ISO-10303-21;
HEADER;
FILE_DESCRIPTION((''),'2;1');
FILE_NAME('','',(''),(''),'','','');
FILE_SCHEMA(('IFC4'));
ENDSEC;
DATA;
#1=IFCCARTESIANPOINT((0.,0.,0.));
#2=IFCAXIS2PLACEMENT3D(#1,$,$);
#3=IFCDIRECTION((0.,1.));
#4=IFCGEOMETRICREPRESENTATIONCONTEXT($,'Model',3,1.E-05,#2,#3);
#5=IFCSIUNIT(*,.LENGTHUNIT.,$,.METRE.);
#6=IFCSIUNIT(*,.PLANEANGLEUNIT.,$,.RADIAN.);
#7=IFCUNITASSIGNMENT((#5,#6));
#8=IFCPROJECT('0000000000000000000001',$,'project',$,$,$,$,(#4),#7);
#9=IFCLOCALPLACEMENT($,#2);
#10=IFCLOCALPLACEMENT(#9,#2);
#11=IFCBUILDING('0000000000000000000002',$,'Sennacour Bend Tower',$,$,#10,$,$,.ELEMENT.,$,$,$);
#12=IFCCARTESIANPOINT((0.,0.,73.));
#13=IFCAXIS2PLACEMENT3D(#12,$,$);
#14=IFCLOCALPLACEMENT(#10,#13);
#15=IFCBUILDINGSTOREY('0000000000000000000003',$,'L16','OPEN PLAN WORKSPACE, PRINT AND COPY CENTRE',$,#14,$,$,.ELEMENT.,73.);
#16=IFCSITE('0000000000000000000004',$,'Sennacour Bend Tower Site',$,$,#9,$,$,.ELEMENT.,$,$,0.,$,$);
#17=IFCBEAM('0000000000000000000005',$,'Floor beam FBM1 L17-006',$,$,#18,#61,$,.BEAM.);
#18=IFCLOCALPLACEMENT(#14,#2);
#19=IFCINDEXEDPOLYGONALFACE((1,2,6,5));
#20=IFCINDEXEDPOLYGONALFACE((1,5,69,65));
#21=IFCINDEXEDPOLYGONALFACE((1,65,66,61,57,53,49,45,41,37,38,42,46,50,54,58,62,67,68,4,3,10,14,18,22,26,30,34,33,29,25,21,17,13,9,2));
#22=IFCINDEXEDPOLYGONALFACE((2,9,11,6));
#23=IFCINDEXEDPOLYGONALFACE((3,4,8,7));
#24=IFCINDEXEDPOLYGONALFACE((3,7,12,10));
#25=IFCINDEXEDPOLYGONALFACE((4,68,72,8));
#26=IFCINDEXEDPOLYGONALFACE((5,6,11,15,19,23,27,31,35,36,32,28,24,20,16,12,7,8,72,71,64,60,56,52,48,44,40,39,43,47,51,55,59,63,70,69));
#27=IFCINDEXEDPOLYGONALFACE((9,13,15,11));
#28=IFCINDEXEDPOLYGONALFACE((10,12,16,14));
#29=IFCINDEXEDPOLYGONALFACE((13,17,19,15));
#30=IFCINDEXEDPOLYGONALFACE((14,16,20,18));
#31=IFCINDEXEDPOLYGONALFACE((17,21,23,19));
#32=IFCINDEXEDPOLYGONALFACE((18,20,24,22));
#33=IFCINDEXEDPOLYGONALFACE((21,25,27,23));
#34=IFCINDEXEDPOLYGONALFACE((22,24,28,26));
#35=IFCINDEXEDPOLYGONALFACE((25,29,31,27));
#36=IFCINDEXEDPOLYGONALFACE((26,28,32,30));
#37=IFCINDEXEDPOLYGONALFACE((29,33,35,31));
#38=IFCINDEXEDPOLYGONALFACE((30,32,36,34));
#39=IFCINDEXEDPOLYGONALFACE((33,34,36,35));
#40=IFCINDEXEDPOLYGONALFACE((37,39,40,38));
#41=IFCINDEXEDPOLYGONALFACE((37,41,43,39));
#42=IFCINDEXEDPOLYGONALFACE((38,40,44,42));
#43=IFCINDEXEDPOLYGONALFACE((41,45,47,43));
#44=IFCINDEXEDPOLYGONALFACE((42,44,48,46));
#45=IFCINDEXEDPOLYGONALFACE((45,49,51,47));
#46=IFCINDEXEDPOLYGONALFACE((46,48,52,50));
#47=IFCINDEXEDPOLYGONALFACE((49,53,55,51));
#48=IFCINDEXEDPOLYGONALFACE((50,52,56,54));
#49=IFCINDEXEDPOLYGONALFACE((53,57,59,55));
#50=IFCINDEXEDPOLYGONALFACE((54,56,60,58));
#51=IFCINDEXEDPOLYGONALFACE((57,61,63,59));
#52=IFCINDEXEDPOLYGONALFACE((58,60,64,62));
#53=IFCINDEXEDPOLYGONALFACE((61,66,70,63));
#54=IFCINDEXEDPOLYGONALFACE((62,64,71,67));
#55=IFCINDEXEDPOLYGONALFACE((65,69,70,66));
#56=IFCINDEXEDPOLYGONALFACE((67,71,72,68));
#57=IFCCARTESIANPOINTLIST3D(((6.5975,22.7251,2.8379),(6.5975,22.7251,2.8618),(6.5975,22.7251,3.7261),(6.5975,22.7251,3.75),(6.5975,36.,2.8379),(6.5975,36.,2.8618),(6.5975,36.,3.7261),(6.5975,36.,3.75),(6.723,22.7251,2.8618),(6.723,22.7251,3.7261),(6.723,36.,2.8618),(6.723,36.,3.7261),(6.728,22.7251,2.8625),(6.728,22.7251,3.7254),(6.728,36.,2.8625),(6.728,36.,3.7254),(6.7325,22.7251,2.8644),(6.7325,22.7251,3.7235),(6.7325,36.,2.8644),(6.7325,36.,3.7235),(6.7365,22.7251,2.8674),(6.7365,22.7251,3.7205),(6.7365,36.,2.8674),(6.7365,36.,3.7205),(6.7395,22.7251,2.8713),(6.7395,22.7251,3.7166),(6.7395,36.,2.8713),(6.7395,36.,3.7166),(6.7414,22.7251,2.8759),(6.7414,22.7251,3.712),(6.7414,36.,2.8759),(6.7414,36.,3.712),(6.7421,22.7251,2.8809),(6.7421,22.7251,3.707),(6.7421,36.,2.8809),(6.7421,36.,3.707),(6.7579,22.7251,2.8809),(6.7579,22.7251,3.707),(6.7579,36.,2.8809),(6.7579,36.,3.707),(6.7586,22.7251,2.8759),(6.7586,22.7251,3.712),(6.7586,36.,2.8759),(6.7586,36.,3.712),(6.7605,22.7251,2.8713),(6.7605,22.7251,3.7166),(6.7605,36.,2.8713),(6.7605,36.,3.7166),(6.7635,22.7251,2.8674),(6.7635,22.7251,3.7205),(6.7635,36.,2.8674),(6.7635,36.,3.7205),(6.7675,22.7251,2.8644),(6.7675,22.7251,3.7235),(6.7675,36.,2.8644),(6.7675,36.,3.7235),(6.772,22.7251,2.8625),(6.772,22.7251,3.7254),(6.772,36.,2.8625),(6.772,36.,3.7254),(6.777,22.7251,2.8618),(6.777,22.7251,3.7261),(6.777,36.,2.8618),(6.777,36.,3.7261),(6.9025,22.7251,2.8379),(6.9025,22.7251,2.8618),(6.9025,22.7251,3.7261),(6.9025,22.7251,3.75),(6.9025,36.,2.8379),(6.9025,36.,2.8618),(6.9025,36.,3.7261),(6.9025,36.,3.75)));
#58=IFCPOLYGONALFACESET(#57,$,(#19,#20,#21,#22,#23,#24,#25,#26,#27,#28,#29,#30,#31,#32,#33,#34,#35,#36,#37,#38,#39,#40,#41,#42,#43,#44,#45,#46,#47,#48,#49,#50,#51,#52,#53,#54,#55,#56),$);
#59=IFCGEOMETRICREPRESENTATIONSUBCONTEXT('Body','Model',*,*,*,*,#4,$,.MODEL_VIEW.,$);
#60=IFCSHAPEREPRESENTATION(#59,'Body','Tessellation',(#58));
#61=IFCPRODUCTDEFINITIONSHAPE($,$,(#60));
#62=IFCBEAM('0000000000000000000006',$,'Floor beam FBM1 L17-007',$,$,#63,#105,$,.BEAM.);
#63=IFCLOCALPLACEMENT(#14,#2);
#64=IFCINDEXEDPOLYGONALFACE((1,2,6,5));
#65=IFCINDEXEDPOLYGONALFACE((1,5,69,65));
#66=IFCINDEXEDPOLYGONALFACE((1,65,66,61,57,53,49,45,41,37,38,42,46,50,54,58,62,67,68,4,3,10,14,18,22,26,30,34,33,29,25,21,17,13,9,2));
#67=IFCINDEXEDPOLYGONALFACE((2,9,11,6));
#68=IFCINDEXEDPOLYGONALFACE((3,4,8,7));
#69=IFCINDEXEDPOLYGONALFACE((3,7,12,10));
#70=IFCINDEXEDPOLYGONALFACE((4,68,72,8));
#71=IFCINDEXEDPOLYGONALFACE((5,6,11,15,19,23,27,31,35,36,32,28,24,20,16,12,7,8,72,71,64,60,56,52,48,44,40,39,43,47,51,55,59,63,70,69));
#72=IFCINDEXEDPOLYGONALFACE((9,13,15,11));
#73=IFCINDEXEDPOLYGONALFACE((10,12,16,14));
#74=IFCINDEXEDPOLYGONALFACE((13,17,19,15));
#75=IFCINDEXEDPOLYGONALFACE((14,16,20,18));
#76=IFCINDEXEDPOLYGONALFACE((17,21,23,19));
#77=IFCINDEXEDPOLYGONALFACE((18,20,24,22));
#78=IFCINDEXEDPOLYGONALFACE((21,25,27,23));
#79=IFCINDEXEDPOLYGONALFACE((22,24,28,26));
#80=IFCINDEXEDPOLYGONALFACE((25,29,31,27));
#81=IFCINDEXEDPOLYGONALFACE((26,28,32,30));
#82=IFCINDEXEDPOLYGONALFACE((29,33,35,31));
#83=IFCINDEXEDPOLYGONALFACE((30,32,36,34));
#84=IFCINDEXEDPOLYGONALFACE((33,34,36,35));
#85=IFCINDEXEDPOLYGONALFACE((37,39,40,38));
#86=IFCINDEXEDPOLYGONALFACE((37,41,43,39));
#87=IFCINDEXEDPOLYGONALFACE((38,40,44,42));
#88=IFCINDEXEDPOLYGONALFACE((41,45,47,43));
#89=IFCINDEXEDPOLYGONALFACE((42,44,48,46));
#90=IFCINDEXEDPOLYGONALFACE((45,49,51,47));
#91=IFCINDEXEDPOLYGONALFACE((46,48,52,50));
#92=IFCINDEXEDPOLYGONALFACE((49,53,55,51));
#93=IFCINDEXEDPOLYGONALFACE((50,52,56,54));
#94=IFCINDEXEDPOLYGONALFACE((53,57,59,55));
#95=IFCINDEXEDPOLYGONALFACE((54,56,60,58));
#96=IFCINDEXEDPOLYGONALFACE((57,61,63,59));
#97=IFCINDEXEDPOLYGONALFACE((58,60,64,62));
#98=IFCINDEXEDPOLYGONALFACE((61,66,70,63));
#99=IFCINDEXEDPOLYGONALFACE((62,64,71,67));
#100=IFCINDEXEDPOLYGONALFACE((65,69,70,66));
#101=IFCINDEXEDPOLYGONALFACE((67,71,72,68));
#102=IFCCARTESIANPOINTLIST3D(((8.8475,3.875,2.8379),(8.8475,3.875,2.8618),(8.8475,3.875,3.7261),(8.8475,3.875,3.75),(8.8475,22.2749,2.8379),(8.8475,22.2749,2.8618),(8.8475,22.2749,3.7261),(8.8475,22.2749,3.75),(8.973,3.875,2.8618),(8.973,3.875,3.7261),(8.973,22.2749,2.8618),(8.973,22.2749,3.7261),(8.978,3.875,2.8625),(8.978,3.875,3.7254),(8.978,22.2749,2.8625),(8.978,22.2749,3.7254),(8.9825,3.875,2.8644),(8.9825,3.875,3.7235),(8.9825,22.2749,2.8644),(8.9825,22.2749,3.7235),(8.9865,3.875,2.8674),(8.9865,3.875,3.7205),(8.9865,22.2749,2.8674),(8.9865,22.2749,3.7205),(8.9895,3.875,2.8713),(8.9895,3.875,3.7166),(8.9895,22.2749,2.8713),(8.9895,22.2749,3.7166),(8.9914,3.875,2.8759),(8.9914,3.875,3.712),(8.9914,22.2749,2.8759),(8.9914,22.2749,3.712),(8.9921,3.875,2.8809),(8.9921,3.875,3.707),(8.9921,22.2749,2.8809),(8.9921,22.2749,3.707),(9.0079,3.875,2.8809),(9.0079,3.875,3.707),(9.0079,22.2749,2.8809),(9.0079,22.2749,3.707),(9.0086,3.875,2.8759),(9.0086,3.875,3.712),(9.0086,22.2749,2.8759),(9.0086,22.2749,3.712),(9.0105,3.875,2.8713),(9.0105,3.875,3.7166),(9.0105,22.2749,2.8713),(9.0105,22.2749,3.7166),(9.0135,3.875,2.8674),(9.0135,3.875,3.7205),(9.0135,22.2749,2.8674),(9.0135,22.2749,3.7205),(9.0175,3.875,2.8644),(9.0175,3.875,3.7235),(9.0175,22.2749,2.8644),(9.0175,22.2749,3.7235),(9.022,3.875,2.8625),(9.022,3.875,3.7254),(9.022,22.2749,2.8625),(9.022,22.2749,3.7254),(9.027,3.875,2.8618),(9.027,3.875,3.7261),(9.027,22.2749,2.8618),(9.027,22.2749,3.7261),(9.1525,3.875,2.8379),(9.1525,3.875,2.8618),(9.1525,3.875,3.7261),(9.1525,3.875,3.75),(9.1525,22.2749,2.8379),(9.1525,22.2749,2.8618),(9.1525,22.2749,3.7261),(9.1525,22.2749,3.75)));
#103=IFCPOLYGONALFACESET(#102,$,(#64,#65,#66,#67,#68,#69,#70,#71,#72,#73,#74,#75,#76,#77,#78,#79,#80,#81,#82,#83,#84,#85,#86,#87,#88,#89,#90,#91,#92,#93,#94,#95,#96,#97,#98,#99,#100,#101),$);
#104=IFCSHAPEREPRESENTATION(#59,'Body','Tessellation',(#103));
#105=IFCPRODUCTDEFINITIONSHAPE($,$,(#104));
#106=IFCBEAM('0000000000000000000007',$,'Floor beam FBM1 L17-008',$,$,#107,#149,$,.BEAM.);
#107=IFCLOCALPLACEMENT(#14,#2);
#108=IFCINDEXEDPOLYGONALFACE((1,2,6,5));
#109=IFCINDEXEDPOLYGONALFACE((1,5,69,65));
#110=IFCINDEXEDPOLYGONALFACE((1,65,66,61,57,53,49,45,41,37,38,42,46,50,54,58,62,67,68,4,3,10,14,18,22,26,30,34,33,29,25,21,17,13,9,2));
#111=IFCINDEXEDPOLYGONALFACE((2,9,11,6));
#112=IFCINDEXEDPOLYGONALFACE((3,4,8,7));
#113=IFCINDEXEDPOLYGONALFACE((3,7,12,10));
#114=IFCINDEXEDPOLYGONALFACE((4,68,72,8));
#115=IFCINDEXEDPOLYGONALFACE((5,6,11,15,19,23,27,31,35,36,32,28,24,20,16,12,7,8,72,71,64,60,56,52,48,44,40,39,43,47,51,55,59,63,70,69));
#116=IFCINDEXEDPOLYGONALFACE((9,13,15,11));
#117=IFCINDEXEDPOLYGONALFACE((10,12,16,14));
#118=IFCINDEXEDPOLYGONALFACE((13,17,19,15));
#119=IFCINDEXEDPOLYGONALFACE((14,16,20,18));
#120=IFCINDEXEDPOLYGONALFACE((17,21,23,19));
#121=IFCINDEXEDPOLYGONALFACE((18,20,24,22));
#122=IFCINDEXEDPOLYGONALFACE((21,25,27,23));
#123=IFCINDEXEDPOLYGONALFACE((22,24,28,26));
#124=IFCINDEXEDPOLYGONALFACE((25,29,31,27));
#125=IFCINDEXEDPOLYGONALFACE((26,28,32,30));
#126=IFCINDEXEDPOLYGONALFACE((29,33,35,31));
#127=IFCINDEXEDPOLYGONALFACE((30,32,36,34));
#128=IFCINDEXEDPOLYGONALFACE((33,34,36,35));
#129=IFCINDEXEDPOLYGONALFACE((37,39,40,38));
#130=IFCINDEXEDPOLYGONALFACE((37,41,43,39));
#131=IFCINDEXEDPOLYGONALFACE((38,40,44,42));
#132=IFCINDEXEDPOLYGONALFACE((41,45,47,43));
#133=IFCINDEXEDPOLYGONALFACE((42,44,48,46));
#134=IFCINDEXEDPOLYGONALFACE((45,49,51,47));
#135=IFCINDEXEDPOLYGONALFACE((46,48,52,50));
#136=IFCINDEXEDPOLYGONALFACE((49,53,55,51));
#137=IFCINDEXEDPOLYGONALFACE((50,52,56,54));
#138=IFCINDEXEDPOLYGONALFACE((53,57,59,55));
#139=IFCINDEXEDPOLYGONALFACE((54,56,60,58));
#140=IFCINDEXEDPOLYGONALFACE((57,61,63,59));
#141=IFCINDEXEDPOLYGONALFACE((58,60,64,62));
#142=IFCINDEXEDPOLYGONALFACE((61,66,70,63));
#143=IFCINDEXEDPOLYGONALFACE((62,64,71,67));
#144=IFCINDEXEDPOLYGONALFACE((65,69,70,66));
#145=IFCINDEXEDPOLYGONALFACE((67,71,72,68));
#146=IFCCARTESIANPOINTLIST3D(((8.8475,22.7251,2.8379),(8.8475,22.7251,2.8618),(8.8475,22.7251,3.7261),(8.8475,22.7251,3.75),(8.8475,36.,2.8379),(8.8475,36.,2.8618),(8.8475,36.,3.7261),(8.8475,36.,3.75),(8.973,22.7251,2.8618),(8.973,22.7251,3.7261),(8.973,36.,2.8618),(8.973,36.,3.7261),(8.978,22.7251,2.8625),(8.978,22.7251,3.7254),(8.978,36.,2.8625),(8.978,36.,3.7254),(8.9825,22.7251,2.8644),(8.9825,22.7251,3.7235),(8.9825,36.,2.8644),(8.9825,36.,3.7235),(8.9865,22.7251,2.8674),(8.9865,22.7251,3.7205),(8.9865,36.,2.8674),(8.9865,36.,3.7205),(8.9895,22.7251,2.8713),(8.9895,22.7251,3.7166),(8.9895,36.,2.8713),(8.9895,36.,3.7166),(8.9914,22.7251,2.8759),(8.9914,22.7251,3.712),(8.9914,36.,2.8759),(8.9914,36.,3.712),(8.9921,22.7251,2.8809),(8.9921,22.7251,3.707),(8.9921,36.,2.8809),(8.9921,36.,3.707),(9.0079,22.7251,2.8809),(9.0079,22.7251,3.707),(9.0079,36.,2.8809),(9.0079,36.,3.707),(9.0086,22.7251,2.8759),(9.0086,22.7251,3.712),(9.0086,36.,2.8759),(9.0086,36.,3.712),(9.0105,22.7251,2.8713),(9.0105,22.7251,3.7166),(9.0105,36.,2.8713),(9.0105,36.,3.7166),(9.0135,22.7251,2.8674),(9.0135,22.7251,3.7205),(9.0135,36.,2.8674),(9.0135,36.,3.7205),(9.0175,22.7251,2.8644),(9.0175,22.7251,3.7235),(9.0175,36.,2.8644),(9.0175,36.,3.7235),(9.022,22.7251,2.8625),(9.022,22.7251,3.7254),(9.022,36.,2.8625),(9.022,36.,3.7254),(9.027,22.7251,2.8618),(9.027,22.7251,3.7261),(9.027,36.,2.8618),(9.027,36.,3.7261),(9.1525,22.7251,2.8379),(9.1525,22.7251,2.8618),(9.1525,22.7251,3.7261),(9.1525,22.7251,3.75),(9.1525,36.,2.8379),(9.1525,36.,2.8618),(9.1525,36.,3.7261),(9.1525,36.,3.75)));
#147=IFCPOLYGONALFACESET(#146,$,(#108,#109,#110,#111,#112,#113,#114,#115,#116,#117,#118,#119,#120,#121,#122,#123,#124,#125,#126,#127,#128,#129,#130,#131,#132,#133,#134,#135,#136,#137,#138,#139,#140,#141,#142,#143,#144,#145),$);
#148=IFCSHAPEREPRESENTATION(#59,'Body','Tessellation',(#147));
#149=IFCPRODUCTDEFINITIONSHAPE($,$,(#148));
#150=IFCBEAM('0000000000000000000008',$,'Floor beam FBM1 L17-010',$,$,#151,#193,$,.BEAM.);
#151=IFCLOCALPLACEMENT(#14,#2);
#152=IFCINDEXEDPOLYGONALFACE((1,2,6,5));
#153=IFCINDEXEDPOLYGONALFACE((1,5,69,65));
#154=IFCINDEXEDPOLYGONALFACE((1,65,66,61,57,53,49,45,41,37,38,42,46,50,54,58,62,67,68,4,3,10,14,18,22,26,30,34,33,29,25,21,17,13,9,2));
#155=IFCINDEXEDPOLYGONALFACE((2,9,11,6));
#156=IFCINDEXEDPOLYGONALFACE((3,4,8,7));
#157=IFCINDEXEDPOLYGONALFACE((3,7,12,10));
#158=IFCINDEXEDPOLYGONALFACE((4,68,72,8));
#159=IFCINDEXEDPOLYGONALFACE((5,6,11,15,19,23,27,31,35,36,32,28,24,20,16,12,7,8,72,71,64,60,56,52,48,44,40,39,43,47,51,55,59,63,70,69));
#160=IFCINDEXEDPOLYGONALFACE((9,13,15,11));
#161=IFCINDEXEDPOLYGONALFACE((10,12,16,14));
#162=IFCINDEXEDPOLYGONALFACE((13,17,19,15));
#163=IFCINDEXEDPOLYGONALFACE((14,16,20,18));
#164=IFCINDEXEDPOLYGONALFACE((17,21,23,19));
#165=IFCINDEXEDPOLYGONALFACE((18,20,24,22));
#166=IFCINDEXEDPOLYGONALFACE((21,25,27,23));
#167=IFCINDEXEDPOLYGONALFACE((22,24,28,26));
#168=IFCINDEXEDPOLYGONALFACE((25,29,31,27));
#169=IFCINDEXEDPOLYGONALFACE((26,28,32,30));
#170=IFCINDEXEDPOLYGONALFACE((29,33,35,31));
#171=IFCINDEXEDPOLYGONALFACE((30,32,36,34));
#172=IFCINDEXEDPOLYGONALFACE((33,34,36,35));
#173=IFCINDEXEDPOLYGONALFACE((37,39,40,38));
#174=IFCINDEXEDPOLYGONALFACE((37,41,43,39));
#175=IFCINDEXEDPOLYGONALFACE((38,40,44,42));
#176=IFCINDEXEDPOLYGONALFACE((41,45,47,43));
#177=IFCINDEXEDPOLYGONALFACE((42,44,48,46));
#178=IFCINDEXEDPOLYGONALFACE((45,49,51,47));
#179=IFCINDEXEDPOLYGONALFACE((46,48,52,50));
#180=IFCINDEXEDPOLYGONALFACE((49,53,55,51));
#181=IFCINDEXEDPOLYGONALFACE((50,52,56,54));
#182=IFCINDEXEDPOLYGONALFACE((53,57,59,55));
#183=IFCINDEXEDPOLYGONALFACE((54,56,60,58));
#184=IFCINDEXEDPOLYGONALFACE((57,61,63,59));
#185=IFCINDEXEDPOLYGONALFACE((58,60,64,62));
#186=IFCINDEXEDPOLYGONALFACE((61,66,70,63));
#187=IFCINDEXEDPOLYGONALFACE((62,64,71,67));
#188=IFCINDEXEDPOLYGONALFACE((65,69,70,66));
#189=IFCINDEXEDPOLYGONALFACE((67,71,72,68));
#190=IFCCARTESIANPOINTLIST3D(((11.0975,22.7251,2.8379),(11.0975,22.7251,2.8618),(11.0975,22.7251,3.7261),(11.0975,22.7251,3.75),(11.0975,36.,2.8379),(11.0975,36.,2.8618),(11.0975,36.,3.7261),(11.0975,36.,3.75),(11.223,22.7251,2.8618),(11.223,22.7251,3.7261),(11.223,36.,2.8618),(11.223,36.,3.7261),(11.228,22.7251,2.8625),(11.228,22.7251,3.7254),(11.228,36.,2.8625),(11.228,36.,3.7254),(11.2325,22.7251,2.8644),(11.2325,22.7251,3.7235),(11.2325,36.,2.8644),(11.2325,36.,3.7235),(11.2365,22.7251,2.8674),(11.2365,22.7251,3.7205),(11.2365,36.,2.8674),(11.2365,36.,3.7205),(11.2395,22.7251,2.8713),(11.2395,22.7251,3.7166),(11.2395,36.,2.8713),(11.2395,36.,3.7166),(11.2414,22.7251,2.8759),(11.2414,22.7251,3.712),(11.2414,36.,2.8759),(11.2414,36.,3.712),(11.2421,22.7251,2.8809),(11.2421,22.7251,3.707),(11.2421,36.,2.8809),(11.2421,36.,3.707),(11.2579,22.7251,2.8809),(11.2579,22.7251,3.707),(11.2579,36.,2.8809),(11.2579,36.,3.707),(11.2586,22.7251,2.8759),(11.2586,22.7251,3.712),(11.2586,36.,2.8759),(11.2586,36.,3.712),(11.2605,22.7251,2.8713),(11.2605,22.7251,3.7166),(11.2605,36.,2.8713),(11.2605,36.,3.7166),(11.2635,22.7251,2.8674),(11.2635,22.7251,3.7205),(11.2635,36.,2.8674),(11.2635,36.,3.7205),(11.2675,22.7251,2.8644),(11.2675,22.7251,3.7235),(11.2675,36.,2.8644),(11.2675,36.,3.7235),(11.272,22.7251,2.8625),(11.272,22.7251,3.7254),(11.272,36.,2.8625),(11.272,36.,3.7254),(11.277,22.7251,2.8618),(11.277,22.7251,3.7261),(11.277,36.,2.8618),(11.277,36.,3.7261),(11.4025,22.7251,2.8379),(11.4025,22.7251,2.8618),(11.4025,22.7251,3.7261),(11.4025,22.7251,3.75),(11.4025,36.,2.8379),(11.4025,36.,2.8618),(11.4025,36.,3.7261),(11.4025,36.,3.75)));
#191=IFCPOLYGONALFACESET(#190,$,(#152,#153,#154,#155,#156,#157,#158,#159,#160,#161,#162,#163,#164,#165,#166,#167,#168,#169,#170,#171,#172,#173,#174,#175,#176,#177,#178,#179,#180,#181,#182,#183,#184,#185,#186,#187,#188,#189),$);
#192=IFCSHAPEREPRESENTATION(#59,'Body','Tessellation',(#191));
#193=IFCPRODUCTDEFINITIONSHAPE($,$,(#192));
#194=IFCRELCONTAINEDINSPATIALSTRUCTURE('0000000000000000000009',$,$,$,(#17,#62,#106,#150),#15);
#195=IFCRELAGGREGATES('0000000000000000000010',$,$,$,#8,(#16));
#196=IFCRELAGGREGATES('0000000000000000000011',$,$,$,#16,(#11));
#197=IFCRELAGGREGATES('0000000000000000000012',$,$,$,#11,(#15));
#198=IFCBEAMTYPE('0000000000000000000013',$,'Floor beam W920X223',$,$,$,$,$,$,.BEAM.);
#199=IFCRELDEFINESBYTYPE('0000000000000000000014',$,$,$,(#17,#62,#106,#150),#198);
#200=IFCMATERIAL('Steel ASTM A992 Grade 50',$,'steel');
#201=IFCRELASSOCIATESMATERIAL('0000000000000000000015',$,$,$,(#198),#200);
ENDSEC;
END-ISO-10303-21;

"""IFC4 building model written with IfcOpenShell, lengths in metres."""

from ifc_helpers import new_model, si_unit, direction, frame, origin, origin_2d, place, context, subcontext, project, spatial, i_section, extrude, material, material_profile, profile_set, type_object, element, save


model = new_model("IFC4")

# Units and contexts
model_context = context("Model", 3, precision=1e-05, world=origin(), true_north=direction((0.0, 1.0)))
body_context = subcontext(model_context, "Body", "Model", "MODEL_VIEW")
ifc_project = project(units=[si_unit("LENGTHUNIT", "METRE"), si_unit("PLANEANGLEUNIT", "RADIAN")], contexts=[model_context])

# Site, building, storey
site_placement = place(None, origin())
site = spatial("IfcSite", under=ifc_project, at=site_placement, Name="Sennacour Bend Tower Site", CompositionType="ELEMENT", RefElevation=0.0)
building_placement = place(site_placement, origin())
building = spatial("IfcBuilding", under=site, at=building_placement, Name="Sennacour Bend Tower", CompositionType="ELEMENT")
storey_placement = place(building_placement, frame((0.0, 0.0, 73.0)))
storey = spatial("IfcBuildingStorey", under=building, at=storey_placement, Name="L16", Description="OPEN PLAN WORKSPACE, PRINT AND COPY CENTRE", CompositionType="ELEMENT", Elevation=73.0)

# Beams
ifc_material_1 = material(Name="Steel ASTM A992 Grade 50", Category="steel")
ifc_material_profile = material_profile(ifc_material_1, i_section(OverallWidth=0.3049, OverallDepth=0.9121, WebThickness=0.0159, FlangeThickness=0.0239, FilletRadius=0.019, at=origin_2d()), Name="Steel ASTM A992 Grade 50", Category="steel")
ifc_profile_set = profile_set([ifc_material_profile], Name="Steel ASTM A992 Grade 50")
beam_type = type_object("IfcBeamType", Name="Floor beam W920X223", PredefinedType="BEAM", material=ifc_profile_set)
beam_1_placement = place(storey_placement, frame((6.75, 22.7251, 3.2939), z_axis=(0.0, 1.0, 0.0), x_axis=(-1.0, 0.0, 0.0)))
element("IfcBeam", 1, at=beam_1_placement, inside=storey, type_object=beam_type, Name="Floor beam FBM1 L17-006", PredefinedType="BEAM", context=body_context, shape_type="SweptSolid", body=[
    extrude(i_section(OverallWidth=0.3049, OverallDepth=0.9121, WebThickness=0.0159, FlangeThickness=0.0239, FilletRadius=0.019, at=origin_2d()), origin(), (0.0, 0.0, 1.0), 13.2749),
])
beam_2_placement = place(storey_placement, frame((9.0, 3.875, 3.2939), z_axis=(0.0, 1.0, 0.0), x_axis=(-1.0, 0.0, 0.0)))
element("IfcBeam", 2, at=beam_2_placement, inside=storey, type_object=beam_type, Name="Floor beam FBM1 L17-007", PredefinedType="BEAM", context=body_context, shape_type="SweptSolid", body=[
    extrude(i_section(OverallWidth=0.3049, OverallDepth=0.9121, WebThickness=0.0159, FlangeThickness=0.0239, FilletRadius=0.019, at=origin_2d()), origin(), (0.0, 0.0, 1.0), 18.3999),
])
for number, where, z_axis, x_axis, name in (
    (3, (9.0, 22.7251, 3.2939), (0.0, 1.0, 0.0), (-1.0, 0.0, 0.0), "Floor beam FBM1 L17-008"),
    (4, (11.25, 22.7251, 3.2939), (0.0, 1.0, 0.0), (-1.0, 0.0, 0.0), "Floor beam FBM1 L17-010"),
):
    element("IfcBeam", number, at=place(storey_placement, frame(where, z_axis=z_axis, x_axis=x_axis)), inside=storey, type_object=beam_type, Name=name, PredefinedType="BEAM", context=body_context, shape_type="SweptSolid", body=[
        extrude(i_section(OverallWidth=0.3049, OverallDepth=0.9121, WebThickness=0.0159, FlangeThickness=0.0239, FilletRadius=0.019, at=origin_2d()), origin(), (0.0, 0.0, 1.0), 13.2749),
    ])

save(model, "model.ifc")
